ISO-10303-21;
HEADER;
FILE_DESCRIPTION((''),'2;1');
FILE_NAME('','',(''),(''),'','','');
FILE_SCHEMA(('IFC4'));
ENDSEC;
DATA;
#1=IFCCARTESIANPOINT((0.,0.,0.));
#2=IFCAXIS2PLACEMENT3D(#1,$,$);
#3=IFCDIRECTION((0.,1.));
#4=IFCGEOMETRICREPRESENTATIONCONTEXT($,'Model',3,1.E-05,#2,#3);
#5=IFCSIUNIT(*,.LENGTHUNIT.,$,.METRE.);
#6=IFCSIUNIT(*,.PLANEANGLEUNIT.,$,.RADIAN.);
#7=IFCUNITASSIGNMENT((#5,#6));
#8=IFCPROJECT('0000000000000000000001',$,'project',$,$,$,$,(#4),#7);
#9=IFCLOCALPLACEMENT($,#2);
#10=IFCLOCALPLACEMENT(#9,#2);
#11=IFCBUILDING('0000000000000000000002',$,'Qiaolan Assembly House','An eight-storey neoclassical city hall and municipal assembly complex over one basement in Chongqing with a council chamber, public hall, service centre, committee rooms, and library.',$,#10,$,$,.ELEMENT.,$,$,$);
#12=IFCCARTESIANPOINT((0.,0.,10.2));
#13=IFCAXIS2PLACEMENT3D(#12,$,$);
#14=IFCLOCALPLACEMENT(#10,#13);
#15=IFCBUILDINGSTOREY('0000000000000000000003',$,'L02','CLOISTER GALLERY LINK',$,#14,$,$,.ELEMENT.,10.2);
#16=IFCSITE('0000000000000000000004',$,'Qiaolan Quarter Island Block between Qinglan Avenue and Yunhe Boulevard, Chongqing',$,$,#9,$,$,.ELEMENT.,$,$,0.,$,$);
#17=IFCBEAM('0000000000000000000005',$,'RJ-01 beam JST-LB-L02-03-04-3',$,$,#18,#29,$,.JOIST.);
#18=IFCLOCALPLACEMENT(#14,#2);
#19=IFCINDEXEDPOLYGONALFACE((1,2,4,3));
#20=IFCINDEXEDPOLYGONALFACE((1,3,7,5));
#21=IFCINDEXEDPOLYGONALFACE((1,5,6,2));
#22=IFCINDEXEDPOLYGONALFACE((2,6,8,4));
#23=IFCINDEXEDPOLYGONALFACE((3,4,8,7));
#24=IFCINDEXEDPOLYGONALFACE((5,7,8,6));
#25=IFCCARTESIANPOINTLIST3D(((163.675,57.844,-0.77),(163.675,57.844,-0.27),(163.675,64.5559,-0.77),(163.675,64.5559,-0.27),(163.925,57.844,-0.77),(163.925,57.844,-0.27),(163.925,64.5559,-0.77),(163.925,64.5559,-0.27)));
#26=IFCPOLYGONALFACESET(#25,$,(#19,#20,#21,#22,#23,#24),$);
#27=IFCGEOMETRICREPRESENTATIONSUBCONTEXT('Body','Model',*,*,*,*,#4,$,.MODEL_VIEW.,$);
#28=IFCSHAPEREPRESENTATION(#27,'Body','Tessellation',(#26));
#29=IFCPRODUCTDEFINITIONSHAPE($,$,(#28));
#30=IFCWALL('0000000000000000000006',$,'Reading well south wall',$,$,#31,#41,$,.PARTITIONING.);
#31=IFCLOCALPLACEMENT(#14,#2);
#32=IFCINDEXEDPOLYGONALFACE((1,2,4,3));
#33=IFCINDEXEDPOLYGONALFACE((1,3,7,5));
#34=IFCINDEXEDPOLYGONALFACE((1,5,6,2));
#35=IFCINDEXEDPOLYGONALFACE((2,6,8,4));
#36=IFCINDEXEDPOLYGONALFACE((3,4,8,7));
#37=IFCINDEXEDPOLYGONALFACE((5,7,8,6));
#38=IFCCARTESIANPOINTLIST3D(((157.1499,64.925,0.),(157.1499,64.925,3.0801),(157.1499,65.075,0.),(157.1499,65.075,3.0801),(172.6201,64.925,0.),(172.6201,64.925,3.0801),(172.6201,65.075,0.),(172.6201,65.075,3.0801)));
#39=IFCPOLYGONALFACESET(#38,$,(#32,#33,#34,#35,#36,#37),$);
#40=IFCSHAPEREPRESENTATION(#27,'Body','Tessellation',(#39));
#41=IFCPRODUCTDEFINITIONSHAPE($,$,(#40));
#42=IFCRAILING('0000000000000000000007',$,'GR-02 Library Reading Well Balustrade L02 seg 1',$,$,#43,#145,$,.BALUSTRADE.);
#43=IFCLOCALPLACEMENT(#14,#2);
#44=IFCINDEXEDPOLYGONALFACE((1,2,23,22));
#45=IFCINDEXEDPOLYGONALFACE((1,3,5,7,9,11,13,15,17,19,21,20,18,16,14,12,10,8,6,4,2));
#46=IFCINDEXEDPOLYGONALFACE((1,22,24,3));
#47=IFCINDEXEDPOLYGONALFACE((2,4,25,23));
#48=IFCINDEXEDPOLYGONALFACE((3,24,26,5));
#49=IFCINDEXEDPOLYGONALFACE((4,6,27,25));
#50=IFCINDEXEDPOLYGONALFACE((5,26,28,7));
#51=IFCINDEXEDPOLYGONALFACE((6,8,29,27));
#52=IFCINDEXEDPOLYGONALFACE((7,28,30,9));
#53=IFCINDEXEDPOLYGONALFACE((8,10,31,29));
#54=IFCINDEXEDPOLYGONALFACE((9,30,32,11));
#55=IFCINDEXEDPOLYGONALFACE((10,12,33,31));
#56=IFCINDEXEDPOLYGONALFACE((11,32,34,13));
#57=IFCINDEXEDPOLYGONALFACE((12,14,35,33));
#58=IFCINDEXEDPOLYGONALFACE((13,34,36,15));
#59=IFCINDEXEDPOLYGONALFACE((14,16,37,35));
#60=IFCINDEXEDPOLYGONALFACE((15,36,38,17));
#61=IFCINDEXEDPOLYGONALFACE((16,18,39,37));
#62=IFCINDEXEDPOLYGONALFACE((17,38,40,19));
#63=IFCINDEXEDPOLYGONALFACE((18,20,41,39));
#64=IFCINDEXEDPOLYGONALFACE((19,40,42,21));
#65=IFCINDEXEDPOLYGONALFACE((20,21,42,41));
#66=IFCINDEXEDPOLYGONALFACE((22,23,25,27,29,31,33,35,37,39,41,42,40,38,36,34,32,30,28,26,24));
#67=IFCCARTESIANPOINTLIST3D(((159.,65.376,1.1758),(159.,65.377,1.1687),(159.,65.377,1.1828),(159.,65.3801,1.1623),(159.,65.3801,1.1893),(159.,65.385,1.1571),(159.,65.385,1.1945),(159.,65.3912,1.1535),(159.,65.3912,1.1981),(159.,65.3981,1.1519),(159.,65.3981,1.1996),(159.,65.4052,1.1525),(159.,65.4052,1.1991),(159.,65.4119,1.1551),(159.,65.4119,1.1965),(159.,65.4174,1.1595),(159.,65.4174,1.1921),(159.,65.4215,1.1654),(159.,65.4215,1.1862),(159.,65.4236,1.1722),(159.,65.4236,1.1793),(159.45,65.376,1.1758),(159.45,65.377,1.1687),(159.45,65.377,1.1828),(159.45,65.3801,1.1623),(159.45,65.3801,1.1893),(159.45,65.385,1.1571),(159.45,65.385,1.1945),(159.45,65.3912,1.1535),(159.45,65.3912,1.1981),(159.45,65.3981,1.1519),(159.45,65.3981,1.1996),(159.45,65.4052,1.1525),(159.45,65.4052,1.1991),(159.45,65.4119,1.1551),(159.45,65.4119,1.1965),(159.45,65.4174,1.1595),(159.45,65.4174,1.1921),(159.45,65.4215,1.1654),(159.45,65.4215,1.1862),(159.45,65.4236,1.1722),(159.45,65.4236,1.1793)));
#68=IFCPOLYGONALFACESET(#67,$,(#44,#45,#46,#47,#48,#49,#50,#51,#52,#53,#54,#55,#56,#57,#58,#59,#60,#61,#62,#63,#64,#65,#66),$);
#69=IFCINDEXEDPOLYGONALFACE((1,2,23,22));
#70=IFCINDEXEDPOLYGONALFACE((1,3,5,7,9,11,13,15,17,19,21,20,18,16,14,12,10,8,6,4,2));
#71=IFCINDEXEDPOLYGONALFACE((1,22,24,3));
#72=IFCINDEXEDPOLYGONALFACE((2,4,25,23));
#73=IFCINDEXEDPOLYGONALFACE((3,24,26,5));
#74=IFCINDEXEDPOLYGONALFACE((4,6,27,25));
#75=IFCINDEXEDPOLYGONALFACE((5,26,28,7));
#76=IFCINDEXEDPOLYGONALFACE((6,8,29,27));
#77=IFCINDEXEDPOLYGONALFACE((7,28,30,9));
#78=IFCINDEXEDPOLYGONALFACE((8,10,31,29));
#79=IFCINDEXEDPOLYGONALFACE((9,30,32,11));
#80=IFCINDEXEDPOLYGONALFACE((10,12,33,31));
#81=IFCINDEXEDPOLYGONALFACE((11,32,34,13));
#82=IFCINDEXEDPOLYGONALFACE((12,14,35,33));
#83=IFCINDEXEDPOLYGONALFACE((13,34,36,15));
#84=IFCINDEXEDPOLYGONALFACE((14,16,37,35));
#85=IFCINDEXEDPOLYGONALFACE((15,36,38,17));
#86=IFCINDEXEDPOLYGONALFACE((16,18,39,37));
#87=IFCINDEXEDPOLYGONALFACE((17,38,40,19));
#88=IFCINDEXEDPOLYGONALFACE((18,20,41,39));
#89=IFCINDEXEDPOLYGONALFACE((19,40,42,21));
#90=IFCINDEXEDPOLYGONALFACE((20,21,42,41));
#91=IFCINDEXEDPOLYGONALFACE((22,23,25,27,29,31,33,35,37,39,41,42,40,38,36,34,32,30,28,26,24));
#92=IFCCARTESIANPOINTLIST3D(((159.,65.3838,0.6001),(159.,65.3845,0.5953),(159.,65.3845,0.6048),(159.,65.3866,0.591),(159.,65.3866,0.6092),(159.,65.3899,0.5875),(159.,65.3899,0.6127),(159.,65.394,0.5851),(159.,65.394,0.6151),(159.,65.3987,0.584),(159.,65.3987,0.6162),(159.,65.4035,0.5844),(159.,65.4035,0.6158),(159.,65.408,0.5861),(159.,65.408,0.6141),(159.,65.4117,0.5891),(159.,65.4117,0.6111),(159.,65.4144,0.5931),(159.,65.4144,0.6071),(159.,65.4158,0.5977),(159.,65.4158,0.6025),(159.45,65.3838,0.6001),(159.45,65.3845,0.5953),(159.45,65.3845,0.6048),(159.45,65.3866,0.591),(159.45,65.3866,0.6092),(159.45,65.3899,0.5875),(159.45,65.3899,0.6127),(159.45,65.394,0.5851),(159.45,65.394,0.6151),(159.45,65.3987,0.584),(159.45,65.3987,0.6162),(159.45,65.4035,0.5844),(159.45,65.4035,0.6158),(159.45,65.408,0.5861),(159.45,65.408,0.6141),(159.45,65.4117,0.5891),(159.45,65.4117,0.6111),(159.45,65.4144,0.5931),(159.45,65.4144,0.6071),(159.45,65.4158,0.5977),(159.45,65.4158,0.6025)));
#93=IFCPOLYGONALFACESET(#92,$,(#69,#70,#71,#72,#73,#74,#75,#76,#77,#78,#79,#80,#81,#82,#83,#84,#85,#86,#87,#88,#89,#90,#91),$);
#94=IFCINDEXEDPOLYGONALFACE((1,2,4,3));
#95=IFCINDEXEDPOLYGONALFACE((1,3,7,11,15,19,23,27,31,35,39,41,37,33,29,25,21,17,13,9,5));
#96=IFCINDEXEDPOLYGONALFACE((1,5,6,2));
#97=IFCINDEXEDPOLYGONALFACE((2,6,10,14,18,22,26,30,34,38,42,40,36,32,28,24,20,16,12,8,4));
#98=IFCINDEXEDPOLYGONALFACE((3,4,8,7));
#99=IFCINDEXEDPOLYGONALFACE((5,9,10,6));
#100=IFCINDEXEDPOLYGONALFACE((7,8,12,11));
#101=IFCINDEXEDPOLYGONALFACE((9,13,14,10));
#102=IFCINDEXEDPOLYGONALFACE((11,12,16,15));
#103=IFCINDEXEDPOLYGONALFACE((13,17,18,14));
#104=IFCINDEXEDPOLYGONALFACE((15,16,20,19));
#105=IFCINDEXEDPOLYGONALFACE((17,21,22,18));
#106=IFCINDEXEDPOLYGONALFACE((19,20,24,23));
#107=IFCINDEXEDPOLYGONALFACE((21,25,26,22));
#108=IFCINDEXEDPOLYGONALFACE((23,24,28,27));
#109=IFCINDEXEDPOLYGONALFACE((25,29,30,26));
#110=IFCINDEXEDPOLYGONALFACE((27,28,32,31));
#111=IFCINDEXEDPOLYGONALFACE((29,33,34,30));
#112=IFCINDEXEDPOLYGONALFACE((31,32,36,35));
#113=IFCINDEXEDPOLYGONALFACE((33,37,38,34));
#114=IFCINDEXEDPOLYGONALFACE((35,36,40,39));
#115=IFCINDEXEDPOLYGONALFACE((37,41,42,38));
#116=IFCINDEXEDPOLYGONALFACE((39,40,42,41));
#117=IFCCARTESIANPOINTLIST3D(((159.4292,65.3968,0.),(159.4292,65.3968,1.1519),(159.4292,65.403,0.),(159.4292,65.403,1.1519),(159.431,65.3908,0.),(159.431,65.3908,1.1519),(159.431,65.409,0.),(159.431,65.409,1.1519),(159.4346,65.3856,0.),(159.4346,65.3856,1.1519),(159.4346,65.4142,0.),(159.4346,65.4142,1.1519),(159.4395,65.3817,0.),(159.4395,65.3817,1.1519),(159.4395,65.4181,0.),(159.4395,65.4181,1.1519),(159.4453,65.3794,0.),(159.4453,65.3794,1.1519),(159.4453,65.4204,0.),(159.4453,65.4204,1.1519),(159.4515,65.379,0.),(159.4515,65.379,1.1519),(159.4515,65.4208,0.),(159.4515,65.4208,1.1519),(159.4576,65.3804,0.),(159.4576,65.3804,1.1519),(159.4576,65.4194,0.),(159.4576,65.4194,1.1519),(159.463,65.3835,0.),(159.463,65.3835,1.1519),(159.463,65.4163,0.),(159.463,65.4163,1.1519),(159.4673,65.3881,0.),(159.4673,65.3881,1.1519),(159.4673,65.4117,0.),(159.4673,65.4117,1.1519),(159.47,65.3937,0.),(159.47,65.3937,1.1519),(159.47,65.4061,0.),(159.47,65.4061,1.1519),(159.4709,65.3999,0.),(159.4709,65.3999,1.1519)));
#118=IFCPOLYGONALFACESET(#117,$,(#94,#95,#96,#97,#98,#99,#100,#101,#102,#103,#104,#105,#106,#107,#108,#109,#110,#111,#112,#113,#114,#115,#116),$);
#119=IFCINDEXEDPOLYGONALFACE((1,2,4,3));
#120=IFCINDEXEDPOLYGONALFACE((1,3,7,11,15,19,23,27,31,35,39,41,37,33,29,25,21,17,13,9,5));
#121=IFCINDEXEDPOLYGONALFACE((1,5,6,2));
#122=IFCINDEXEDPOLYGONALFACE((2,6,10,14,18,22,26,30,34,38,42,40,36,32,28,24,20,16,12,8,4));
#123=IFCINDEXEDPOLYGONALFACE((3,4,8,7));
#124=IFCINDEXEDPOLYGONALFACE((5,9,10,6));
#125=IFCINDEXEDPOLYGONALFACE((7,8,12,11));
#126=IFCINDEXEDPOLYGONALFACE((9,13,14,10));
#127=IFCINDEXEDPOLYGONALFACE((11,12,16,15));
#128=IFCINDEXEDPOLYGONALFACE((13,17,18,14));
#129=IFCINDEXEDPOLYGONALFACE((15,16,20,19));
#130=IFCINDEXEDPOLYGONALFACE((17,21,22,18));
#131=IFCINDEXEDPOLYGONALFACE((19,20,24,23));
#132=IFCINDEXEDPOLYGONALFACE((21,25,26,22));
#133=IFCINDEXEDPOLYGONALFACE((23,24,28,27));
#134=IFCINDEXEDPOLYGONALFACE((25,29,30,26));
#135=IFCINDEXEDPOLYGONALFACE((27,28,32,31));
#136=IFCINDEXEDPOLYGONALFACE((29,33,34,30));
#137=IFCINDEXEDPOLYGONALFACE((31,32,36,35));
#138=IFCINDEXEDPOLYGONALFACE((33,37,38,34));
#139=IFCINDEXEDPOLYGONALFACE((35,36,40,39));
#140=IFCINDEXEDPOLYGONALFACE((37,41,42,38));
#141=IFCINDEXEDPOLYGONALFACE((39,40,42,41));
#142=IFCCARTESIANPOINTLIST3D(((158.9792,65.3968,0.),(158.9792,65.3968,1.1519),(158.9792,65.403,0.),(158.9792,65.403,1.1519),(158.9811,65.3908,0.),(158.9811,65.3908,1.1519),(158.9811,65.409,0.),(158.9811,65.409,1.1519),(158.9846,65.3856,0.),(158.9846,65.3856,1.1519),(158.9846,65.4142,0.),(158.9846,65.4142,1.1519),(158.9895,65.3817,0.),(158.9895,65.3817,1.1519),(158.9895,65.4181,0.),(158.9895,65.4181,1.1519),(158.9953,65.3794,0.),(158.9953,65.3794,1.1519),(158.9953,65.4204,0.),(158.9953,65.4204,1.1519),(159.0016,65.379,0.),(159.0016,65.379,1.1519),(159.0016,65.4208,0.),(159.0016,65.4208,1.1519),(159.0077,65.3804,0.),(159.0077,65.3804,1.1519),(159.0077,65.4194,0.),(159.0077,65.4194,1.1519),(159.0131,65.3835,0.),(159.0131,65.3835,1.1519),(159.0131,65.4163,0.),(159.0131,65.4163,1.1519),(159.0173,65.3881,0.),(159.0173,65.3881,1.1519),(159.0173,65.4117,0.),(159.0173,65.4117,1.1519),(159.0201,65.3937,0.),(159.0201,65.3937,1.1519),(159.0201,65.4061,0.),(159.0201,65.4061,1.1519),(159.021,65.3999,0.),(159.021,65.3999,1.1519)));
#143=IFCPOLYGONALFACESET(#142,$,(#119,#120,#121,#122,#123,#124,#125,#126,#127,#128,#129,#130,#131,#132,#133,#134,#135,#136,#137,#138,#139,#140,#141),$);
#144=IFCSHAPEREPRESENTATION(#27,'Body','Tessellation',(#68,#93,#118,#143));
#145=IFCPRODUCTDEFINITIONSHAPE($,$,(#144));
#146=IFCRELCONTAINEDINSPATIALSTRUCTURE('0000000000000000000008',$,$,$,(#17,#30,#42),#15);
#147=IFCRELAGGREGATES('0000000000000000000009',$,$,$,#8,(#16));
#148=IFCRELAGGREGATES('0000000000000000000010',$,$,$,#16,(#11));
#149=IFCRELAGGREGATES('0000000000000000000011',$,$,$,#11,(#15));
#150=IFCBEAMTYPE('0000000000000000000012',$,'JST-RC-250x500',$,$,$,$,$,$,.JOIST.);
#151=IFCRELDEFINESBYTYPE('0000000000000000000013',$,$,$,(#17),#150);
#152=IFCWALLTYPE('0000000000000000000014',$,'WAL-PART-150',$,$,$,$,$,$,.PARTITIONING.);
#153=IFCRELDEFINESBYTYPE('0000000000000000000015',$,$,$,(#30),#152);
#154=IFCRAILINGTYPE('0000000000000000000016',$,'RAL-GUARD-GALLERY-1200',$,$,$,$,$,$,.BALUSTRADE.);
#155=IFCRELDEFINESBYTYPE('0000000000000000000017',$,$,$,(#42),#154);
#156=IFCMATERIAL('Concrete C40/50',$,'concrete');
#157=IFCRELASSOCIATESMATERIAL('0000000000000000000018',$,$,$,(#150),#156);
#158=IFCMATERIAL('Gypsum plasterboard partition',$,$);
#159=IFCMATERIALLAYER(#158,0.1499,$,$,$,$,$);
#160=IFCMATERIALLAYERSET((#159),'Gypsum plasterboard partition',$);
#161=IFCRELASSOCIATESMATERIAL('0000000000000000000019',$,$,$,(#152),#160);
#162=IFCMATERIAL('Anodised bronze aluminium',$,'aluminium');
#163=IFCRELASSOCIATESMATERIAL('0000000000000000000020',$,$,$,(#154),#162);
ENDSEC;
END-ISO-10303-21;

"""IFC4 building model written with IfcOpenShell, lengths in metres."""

from ifc_helpers import new_model, si_unit, direction, frame, frame_2d, origin, origin_2d, place, context, subcontext, project, spatial, rectangle, circle, extrude, material, layer, layer_set, material_profile, profile_set, type_object, element, save


model = new_model("IFC4")

# Units and contexts
model_context = context("Model", 3, precision=1e-05, world=origin(), true_north=direction((0.0, 1.0)))
body_context = subcontext(model_context, "Body", "Model", "MODEL_VIEW")
ifc_project = project(units=[si_unit("LENGTHUNIT", "METRE"), si_unit("PLANEANGLEUNIT", "RADIAN")], contexts=[model_context])

# Site, building, storey
site_placement = place(None, origin())
site = spatial("IfcSite", under=ifc_project, at=site_placement, Name="Qiaolan Quarter Island Block between Qinglan Avenue and Yunhe Boulevard, Chongqing", CompositionType="ELEMENT", RefElevation=0.0)
building_placement = place(site_placement, origin())
building = spatial("IfcBuilding", under=site, at=building_placement, Name="Qiaolan Assembly House", Description="An eight-storey neoclassical city hall and municipal assembly complex over one basement in Chongqing with a council chamber, public hall, service centre, committee rooms, and library.", CompositionType="ELEMENT")
storey_placement = place(building_placement, frame((0.0, 0.0, 10.2)))
storey = spatial("IfcBuildingStorey", under=building, at=storey_placement, Name="L02", Description="CLOISTER GALLERY LINK", CompositionType="ELEMENT", Elevation=10.2)

# Shared definitions
ifc_material_1 = material(Name="Concrete C40/50", Category="concrete")

# Beam
ifc_material_profile_1 = material_profile(ifc_material_1, rectangle(XDim=0.25, YDim=0.5, at=origin_2d()), Name="RCB 250x500")
ifc_profile_set_1 = profile_set([ifc_material_profile_1], Name="Concrete C40/50")
beam_type_1 = type_object("IfcBeamType", Name="JST-RC-250x500", PredefinedType="JOIST", material=ifc_profile_set_1)
for number, where, z_axis, x_axis, name in (
    (1, (163.8, 57.844, -0.52), (0.0, 1.0, 0.0), (-1.0, 0.0, 0.0), "RJ-01 beam JST-LB-L02-03-04-3"),
):
    element("IfcBeam", number, at=place(storey_placement, frame(where, z_axis=z_axis, x_axis=x_axis)), inside=storey, type_object=beam_type_1, Name=name, PredefinedType="JOIST", context=body_context, shape_type="SweptSolid", body=[
        extrude(rectangle(XDim=0.25, YDim=0.5, at=origin_2d()), origin(), (0.0, 0.0, 1.0), 6.7119),
    ])

# Wall
ifc_material_2 = material(Name="Gypsum plasterboard partition")
ifc_layer = layer(ifc_material_2, 0.1499)
ifc_layer_set = layer_set([ifc_layer], Name="Gypsum plasterboard partition")
wall_type = type_object("IfcWallType", Name="WAL-PART-150", PredefinedType="PARTITIONING", material=ifc_layer_set)
wall_placement = place(storey_placement, frame((157.1499, 65.0, 0.0), z_axis=(0.0, 0.0, 1.0), x_axis=(1.0, 0.0, 0.0)))
element("IfcWall", 2, at=wall_placement, inside=storey, type_object=wall_type, Name="Reading well south wall", PredefinedType="PARTITIONING", context=body_context, shape_type="SweptSolid", body=[
    extrude(rectangle(XDim=15.4702, YDim=0.1499, at=frame_2d((7.7351, 0.0))), origin(), (0.0, 0.0, 1.0), 3.0801),
])

# Railing
ifc_material_3 = material(Name="Anodised bronze aluminium", Category="aluminium")
railing_type = type_object("IfcRailingType", Name="RAL-GUARD-GALLERY-1200", PredefinedType="BALUSTRADE", material=ifc_material_3)
railing_1_placement = place(storey_placement, frame((159.45, 65.3999, 0.0)))
element("IfcRailing", 3, at=railing_1_placement, inside=storey, type_object=railing_type, Name="GR-02 Library Reading Well Balustrade L02 seg 1", PredefinedType="BALUSTRADE", context=body_context, shape_type="SweptSolid", body=[
    extrude(circle(Radius=0.0239, at=origin_2d()), frame((0.0, 0.0, 1.1758), z_axis=(-1.0, 0.0, 0.0), x_axis=(0.0, -1.0, 0.0)), (0.0, 0.0, 1.0), 0.45),
    extrude(circle(Radius=0.0161, at=origin_2d()), frame((0.0, 0.0, 0.6001), z_axis=(-1.0, 0.0, 0.0), x_axis=(0.0, -1.0, 0.0)), (0.0, 0.0, 1.0), 0.45),
    extrude(circle(Radius=0.021, at=origin_2d()), origin(), (0.0, 0.0, 1.0), 1.1519),
    extrude(circle(Radius=0.021, at=origin_2d()), frame((-0.45, 0.0, 0.0)), (0.0, 0.0, 1.0), 1.1519),
])

save(model, "model.ifc")
